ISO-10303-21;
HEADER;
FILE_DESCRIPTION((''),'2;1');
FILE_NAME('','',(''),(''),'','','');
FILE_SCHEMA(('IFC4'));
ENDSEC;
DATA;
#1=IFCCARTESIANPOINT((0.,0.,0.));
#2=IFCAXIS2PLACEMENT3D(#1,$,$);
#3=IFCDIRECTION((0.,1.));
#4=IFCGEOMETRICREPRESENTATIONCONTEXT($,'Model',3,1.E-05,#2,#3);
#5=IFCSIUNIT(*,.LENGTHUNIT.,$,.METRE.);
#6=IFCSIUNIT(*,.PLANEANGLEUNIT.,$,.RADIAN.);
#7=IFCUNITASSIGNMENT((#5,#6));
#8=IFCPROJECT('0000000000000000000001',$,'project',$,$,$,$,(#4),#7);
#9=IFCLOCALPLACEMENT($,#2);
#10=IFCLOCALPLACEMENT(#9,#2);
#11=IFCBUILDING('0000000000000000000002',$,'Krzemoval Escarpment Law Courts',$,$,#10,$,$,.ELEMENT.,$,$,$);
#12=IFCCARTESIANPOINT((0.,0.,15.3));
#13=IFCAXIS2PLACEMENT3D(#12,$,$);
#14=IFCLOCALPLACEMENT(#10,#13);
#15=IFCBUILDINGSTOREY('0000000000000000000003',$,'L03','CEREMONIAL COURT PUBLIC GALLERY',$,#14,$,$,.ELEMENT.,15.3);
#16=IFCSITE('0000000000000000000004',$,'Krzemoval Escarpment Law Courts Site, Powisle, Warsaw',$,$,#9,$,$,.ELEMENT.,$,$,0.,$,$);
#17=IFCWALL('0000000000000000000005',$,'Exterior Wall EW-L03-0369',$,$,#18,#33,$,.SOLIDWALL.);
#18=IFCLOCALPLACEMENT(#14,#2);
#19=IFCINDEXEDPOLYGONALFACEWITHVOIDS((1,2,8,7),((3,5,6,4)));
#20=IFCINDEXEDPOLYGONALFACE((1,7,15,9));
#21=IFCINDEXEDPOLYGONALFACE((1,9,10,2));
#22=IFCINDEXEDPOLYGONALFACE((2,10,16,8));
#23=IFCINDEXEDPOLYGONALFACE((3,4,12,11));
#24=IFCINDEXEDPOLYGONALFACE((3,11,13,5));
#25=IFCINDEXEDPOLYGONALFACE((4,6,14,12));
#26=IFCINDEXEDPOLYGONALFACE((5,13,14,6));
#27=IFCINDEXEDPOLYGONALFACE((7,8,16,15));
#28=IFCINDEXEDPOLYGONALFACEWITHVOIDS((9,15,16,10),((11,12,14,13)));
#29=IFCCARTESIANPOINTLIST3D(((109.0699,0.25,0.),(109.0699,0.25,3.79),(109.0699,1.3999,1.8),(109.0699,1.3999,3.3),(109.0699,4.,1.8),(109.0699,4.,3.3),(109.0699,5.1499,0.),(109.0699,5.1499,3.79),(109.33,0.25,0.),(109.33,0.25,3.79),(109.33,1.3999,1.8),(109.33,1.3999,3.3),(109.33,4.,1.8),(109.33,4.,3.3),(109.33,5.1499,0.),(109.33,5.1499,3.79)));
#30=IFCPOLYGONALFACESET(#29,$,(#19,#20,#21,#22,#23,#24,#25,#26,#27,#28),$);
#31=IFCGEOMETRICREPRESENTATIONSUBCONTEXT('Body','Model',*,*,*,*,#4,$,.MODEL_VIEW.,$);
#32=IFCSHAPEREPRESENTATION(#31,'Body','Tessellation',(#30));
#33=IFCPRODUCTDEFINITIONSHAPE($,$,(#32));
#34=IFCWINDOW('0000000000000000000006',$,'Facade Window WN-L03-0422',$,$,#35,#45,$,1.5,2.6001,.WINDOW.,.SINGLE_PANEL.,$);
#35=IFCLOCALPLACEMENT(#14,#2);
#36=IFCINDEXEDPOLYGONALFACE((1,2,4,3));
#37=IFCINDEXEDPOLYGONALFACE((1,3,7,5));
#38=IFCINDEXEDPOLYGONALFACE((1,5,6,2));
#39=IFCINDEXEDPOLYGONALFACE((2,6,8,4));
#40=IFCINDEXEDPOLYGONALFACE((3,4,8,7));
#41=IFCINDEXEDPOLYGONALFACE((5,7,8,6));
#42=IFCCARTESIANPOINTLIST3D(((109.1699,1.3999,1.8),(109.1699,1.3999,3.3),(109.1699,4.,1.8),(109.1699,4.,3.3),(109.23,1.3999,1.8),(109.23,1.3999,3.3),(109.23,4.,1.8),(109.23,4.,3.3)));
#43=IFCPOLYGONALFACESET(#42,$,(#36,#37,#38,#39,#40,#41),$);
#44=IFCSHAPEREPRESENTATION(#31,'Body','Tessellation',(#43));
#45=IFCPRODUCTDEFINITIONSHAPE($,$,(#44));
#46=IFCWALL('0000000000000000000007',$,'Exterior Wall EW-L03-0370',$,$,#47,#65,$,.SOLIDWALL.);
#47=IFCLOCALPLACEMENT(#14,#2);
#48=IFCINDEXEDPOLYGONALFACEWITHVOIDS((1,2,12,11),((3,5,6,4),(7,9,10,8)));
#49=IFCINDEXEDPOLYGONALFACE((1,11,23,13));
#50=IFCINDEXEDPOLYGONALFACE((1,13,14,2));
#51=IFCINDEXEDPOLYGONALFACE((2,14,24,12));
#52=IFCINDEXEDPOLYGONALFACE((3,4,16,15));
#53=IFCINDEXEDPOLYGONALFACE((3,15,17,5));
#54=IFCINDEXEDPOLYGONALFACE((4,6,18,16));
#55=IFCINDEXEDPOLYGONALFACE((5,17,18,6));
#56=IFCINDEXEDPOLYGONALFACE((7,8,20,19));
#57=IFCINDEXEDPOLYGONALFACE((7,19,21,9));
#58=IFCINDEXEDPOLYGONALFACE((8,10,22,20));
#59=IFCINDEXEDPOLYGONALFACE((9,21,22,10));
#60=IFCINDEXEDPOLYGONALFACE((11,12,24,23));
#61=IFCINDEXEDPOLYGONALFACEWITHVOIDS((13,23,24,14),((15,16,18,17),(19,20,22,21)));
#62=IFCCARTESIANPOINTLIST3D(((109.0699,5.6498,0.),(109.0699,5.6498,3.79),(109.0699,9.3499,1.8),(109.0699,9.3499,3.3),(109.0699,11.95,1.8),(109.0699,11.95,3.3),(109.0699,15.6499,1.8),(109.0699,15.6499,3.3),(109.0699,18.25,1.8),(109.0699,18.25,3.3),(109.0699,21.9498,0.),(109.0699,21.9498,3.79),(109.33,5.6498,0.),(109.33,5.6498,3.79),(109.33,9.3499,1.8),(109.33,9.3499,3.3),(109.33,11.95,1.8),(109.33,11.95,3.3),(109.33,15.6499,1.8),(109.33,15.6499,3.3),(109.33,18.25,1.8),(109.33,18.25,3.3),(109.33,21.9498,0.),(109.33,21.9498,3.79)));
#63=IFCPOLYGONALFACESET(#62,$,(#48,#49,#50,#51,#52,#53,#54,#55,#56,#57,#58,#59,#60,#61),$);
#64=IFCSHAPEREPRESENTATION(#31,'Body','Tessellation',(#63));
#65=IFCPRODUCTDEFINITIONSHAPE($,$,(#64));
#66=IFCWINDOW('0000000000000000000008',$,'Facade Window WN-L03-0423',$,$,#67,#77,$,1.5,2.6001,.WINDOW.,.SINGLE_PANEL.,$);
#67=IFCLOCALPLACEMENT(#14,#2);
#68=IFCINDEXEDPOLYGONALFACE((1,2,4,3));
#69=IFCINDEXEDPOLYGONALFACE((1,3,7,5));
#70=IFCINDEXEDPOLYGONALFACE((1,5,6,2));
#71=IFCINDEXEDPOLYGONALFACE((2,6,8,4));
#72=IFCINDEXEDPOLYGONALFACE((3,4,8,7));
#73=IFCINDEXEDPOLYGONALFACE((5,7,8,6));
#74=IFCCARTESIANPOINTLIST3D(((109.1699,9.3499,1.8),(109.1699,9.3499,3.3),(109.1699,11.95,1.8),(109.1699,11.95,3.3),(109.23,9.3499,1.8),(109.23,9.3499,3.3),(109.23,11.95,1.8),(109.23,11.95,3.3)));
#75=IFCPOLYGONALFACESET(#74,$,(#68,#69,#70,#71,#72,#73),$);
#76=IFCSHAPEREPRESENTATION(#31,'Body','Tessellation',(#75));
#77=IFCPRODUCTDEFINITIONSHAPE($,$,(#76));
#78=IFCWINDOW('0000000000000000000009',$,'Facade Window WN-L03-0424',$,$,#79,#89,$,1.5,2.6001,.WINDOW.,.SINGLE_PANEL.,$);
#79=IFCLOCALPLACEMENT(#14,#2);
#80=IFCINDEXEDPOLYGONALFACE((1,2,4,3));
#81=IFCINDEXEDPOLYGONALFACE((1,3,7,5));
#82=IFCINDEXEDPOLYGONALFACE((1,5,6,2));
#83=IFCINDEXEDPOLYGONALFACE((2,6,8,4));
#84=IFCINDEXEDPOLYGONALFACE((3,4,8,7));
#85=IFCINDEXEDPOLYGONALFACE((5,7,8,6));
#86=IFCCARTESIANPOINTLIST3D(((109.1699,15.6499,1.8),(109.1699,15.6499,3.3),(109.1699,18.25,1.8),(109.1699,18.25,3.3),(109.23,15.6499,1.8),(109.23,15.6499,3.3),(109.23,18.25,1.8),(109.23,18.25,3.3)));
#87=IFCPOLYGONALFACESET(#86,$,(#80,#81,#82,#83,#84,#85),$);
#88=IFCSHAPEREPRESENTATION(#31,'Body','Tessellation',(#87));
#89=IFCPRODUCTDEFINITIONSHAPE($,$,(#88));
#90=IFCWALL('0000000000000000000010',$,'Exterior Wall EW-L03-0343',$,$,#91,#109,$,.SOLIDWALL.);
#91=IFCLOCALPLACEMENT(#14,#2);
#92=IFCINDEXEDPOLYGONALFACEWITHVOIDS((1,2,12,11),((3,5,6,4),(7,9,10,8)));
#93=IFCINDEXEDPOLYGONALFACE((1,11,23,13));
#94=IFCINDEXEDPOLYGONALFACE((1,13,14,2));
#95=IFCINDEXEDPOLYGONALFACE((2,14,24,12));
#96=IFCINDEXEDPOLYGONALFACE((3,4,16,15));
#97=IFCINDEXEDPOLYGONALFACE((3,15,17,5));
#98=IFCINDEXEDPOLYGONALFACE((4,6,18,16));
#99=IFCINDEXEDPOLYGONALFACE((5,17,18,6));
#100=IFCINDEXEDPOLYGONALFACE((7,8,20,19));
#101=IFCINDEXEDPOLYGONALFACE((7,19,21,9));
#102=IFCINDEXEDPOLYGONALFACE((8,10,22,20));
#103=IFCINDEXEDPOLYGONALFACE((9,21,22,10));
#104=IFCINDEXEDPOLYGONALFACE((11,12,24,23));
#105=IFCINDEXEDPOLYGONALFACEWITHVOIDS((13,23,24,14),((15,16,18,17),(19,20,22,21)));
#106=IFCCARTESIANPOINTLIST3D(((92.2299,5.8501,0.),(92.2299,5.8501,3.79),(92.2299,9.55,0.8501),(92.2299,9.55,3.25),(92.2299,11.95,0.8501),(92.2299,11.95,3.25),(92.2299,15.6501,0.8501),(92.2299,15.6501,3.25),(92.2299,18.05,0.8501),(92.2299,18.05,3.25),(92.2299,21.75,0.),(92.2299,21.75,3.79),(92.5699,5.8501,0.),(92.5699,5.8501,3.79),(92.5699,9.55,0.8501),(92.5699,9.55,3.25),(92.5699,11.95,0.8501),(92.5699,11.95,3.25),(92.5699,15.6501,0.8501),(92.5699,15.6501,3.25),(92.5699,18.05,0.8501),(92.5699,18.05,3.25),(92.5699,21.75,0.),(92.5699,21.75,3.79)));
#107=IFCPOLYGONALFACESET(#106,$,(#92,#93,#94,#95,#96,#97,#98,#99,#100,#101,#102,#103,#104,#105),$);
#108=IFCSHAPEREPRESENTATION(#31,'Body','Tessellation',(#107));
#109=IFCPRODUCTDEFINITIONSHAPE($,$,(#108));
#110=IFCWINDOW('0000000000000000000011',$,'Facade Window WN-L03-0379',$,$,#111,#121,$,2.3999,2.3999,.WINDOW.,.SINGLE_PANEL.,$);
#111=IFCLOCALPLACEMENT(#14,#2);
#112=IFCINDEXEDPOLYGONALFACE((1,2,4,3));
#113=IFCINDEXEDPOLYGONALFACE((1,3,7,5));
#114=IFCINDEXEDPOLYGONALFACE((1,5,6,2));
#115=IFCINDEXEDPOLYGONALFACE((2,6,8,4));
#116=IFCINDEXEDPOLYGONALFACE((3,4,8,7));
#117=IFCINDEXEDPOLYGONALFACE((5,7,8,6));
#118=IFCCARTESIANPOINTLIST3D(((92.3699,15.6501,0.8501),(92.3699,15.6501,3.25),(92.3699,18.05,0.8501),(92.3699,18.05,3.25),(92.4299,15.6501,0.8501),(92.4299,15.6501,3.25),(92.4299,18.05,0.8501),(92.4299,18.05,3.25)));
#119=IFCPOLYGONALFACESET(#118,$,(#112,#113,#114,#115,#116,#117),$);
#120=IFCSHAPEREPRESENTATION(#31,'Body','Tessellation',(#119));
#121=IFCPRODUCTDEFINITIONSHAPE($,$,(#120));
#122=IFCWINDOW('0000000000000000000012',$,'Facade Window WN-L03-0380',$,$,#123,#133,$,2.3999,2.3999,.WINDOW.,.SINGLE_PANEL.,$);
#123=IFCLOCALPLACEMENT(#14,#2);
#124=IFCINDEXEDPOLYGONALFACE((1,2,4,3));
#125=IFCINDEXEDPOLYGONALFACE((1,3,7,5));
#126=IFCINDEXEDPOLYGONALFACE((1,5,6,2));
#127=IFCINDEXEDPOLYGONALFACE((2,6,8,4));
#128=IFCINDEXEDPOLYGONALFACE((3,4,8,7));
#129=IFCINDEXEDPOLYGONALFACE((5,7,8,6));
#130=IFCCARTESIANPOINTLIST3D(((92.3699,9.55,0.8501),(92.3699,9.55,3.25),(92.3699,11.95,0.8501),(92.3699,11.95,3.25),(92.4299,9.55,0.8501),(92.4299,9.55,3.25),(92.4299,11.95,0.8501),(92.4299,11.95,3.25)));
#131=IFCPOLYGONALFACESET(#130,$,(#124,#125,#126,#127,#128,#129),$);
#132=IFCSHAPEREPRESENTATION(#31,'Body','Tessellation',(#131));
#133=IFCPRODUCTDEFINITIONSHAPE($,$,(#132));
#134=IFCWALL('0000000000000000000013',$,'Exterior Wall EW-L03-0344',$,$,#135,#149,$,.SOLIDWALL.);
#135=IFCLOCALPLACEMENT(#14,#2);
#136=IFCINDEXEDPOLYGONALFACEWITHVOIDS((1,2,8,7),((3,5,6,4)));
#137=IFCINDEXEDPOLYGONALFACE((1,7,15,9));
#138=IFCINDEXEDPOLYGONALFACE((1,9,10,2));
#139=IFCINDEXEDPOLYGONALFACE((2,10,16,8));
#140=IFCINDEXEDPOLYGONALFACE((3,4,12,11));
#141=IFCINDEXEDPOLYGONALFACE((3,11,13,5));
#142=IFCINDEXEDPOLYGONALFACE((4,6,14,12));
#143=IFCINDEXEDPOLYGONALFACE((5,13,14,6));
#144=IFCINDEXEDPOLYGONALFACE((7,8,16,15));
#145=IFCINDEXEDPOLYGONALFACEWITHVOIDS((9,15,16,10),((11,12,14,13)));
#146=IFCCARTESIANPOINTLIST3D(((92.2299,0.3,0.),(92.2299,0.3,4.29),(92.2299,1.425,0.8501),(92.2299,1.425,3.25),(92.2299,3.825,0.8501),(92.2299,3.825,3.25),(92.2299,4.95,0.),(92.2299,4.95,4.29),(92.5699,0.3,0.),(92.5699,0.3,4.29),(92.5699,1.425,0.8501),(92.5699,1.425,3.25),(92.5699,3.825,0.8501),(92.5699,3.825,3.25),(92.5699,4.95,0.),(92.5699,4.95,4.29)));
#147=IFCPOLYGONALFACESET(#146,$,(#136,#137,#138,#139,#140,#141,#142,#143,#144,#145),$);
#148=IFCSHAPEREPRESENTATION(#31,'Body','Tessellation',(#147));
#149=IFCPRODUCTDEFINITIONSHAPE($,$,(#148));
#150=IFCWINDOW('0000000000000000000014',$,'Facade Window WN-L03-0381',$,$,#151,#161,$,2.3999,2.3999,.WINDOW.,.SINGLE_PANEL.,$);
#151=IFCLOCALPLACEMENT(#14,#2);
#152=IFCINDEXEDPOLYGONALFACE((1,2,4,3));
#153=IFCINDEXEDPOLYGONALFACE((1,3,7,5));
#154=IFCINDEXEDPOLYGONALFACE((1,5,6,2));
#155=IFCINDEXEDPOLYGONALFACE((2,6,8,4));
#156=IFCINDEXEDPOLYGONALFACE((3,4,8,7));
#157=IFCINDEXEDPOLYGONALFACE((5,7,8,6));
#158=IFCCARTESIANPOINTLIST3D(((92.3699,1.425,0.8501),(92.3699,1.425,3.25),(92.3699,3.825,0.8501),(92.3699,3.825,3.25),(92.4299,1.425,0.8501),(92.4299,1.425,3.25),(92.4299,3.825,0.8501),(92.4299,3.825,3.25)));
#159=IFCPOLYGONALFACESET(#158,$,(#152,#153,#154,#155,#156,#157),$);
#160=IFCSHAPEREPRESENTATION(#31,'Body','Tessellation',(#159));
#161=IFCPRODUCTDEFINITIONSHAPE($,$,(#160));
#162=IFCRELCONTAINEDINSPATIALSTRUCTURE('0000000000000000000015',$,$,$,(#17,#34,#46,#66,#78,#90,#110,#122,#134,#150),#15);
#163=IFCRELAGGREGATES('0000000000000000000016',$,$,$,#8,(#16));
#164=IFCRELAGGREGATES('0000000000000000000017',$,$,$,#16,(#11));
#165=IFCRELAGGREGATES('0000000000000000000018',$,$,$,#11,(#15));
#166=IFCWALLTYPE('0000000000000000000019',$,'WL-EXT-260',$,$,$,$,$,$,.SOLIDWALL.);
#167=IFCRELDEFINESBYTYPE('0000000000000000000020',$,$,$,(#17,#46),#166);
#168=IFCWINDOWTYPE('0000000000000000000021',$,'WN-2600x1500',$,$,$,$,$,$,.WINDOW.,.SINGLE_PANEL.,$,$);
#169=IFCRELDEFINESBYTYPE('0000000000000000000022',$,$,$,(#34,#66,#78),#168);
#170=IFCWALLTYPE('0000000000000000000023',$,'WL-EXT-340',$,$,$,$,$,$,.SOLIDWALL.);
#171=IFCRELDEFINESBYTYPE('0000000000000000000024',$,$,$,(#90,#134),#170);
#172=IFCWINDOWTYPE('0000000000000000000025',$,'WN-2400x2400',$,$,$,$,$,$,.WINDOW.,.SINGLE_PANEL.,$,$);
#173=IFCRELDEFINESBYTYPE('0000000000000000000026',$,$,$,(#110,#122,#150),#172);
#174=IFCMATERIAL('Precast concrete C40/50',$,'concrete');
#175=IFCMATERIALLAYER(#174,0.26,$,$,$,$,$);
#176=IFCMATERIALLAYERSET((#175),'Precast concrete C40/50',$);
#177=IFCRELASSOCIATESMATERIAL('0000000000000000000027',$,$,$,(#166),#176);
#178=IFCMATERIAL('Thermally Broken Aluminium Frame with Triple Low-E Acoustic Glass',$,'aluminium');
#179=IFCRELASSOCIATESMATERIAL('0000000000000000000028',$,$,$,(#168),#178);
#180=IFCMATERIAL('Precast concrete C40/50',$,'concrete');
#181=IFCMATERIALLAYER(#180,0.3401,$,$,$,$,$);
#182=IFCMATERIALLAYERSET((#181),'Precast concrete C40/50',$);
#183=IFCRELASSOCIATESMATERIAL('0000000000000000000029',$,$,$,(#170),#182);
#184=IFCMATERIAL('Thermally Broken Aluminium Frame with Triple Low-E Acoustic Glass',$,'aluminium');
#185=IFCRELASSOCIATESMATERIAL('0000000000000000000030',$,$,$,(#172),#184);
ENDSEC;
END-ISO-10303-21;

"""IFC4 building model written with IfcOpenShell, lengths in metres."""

from ifc_helpers import new_model, si_unit, direction, frame, frame_2d, origin, place, context, subcontext, project, spatial, rectangle, extrude, material, layer, layer_set, type_object, element, fill, save


model = new_model("IFC4")

# Units and contexts
model_context = context("Model", 3, precision=1e-05, world=origin(), true_north=direction((0.0, 1.0)))
body_context = subcontext(model_context, "Body", "Model", "MODEL_VIEW")
ifc_project = project(units=[si_unit("LENGTHUNIT", "METRE"), si_unit("PLANEANGLEUNIT", "RADIAN")], contexts=[model_context])

# Site, building, storey
site_placement = place(None, origin())
site = spatial("IfcSite", under=ifc_project, at=site_placement, Name="Krzemoval Escarpment Law Courts Site, Powisle, Warsaw", CompositionType="ELEMENT", RefElevation=0.0)
building_placement = place(site_placement, origin())
building = spatial("IfcBuilding", under=site, at=building_placement, Name="Krzemoval Escarpment Law Courts", CompositionType="ELEMENT")
storey_placement = place(building_placement, frame((0.0, 0.0, 15.3)))
storey = spatial("IfcBuildingStorey", under=building, at=storey_placement, Name="L03", Description="CEREMONIAL COURT PUBLIC GALLERY", CompositionType="ELEMENT", Elevation=15.3)

# Wall, opening, window
ifc_material_1 = material(Name="Precast concrete C40/50", Category="concrete")
ifc_layer_1 = layer(ifc_material_1, 0.26)
ifc_layer_set_1 = layer_set([ifc_layer_1], Name="Precast concrete C40/50")
wall_type_1 = type_object("IfcWallType", Name="WL-EXT-260", PredefinedType="SOLIDWALL", material=ifc_layer_set_1)
wall_1_placement = place(storey_placement, frame((109.2, 0.25, 0.0), z_axis=(0.0, 0.0, 1.0), x_axis=(0.0, 1.0, 0.0)))
wall_1 = element("IfcWall", 1, at=wall_1_placement, inside=storey, type_object=wall_type_1, Name="Exterior Wall EW-L03-0369", PredefinedType="SOLIDWALL", context=body_context, shape_type="SweptSolid", body=[
    extrude(rectangle(XDim=4.8999, YDim=0.26, at=frame_2d((2.45, 0.0))), origin(), (0.0, 0.0, 1.0), 3.79),
])
opening_1_placement = place(wall_1_placement, frame((1.1499, 0.0, 1.8)))
opening_1 = element("IfcOpeningElement", 2, at=opening_1_placement, cuts=wall_1, PredefinedType="OPENING", context=body_context, shape_type="SweptSolid", body=[
    extrude(rectangle(XDim=2.6001, YDim=1.5, at=frame_2d((1.3, 0.75))), frame((0.0, 0.145, 0.0), z_axis=(0.0, -1.0, 0.0), x_axis=(1.0, 0.0, 0.0)), (0.0, 0.0, 1.0), 0.29),
])
ifc_material_2 = material(Name="Thermally Broken Aluminium Frame with Triple Low-E Acoustic Glass", Category="aluminium")
window_type_1 = type_object("IfcWindowType", Name="WN-2600x1500", PartitioningType="SINGLE_PANEL", PredefinedType="WINDOW", material=ifc_material_2)
window_1_placement = place(opening_1_placement, origin())
window_1 = element("IfcWindow", 3, at=window_1_placement, inside=storey, type_object=window_type_1, Name="Facade Window WN-L03-0422", OverallHeight=1.5, OverallWidth=2.6001, PartitioningType="SINGLE_PANEL", PredefinedType="WINDOW", context=body_context, shape_type="SweptSolid", body=[
    extrude(rectangle(XDim=2.6001, YDim=1.5, at=frame_2d((1.3, 0.75))), frame((0.0, 0.03, 0.0), z_axis=(0.0, -1.0, 0.0), x_axis=(1.0, 0.0, 0.0)), (0.0, 0.0, 1.0), 0.0601),
])
fill(opening_1, window_1)

# Walls, openings, windows
wall_2_placement = place(storey_placement, frame((109.2, 5.6499, 0.0), z_axis=(0.0, 0.0, 1.0), x_axis=(0.0, 1.0, 0.0)))
wall_2 = element("IfcWall", 4, at=wall_2_placement, inside=storey, type_object=wall_type_1, Name="Exterior Wall EW-L03-0370", PredefinedType="SOLIDWALL", context=body_context, shape_type="SweptSolid", body=[
    extrude(rectangle(XDim=16.3, YDim=0.26, at=frame_2d((8.1499, 0.0))), origin(), (0.0, 0.0, 1.0), 3.79),
])
opening_2_placement = place(wall_2_placement, frame((3.7, 0.0, 1.8)))
opening_2 = element("IfcOpeningElement", 5, at=opening_2_placement, cuts=wall_2, PredefinedType="OPENING", context=body_context, shape_type="SweptSolid", body=[
    extrude(rectangle(XDim=2.6001, YDim=1.5, at=frame_2d((1.3, 0.75))), frame((0.0, 0.145, 0.0), z_axis=(0.0, -1.0, 0.0), x_axis=(1.0, 0.0, 0.0)), (0.0, 0.0, 1.0), 0.29),
])
opening_3_placement = place(wall_2_placement, frame((10.0, 0.0, 1.8)))
opening_3 = element("IfcOpeningElement", 6, at=opening_3_placement, cuts=wall_2, PredefinedType="OPENING", context=body_context, shape_type="SweptSolid", body=[
    extrude(rectangle(XDim=2.6001, YDim=1.5, at=frame_2d((1.3, 0.75))), frame((0.0, 0.145, 0.0), z_axis=(0.0, -1.0, 0.0), x_axis=(1.0, 0.0, 0.0)), (0.0, 0.0, 1.0), 0.29),
])
window_2_placement = place(opening_2_placement, origin())
window_2 = element("IfcWindow", 7, at=window_2_placement, inside=storey, type_object=window_type_1, Name="Facade Window WN-L03-0423", OverallHeight=1.5, OverallWidth=2.6001, PartitioningType="SINGLE_PANEL", PredefinedType="WINDOW", context=body_context, shape_type="SweptSolid", body=[
    extrude(rectangle(XDim=2.6001, YDim=1.5, at=frame_2d((1.3, 0.75))), frame((0.0, 0.03, 0.0), z_axis=(0.0, -1.0, 0.0), x_axis=(1.0, 0.0, 0.0)), (0.0, 0.0, 1.0), 0.0601),
])
fill(opening_2, window_2)
window_3_placement = place(opening_3_placement, origin())
window_3 = element("IfcWindow", 8, at=window_3_placement, inside=storey, type_object=window_type_1, Name="Facade Window WN-L03-0424", OverallHeight=1.5, OverallWidth=2.6001, PartitioningType="SINGLE_PANEL", PredefinedType="WINDOW", context=body_context, shape_type="SweptSolid", body=[
    extrude(rectangle(XDim=2.6001, YDim=1.5, at=frame_2d((1.3, 0.75))), frame((0.0, 0.03, 0.0), z_axis=(0.0, -1.0, 0.0), x_axis=(1.0, 0.0, 0.0)), (0.0, 0.0, 1.0), 0.0601),
])
fill(opening_3, window_3)
ifc_material_3 = material(Name="Precast concrete C40/50", Category="concrete")
ifc_layer_2 = layer(ifc_material_3, 0.3401)
ifc_layer_set_2 = layer_set([ifc_layer_2], Name="Precast concrete C40/50")
wall_type_2 = type_object("IfcWallType", Name="WL-EXT-340", PredefinedType="SOLIDWALL", material=ifc_layer_set_2)
wall_3_placement = place(storey_placement, frame((92.3999, 21.75, 0.0), z_axis=(0.0, 0.0, 1.0), x_axis=(0.0, -1.0, 0.0)))
wall_3 = element("IfcWall", 9, at=wall_3_placement, inside=storey, type_object=wall_type_2, Name="Exterior Wall EW-L03-0343", PredefinedType="SOLIDWALL", context=body_context, shape_type="SweptSolid", body=[
    extrude(rectangle(XDim=15.8999, YDim=0.3401, at=frame_2d((7.95, 0.0))), origin(), (0.0, 0.0, 1.0), 3.79),
])
opening_4_placement = place(wall_3_placement, frame((3.7, 0.0, 0.8501)))
opening_4 = element("IfcOpeningElement", 10, at=opening_4_placement, cuts=wall_3, PredefinedType="OPENING", context=body_context, shape_type="SweptSolid", body=[
    extrude(rectangle(XDim=2.3999, YDim=2.3999, at=frame_2d((1.2, 1.2))), frame((0.0, 0.185, 0.0), z_axis=(0.0, -1.0, 0.0), x_axis=(1.0, 0.0, 0.0)), (0.0, 0.0, 1.0), 0.3701),
])
opening_5_placement = place(wall_3_placement, frame((9.8, 0.0, 0.8501)))
opening_5 = element("IfcOpeningElement", 11, at=opening_5_placement, cuts=wall_3, PredefinedType="OPENING", context=body_context, shape_type="SweptSolid", body=[
    extrude(rectangle(XDim=2.3999, YDim=2.3999, at=frame_2d((1.2, 1.2))), frame((0.0, 0.185, 0.0), z_axis=(0.0, -1.0, 0.0), x_axis=(1.0, 0.0, 0.0)), (0.0, 0.0, 1.0), 0.3701),
])
ifc_material_4 = material(Name="Thermally Broken Aluminium Frame with Triple Low-E Acoustic Glass", Category="aluminium")
window_type_2 = type_object("IfcWindowType", Name="WN-2400x2400", PartitioningType="SINGLE_PANEL", PredefinedType="WINDOW", material=ifc_material_4)
window_4_placement = place(opening_4_placement, origin())
window_4 = element("IfcWindow", 12, at=window_4_placement, inside=storey, type_object=window_type_2, Name="Facade Window WN-L03-0379", OverallHeight=2.3999, OverallWidth=2.3999, PartitioningType="SINGLE_PANEL", PredefinedType="WINDOW", context=body_context, shape_type="SweptSolid", body=[
    extrude(rectangle(XDim=2.3999, YDim=2.3999, at=frame_2d((1.2, 1.2))), frame((0.0, 0.03, 0.0), z_axis=(0.0, -1.0, 0.0), x_axis=(1.0, 0.0, 0.0)), (0.0, 0.0, 1.0), 0.0601),
])
fill(opening_4, window_4)
window_5_placement = place(opening_5_placement, origin())
window_5 = element("IfcWindow", 13, at=window_5_placement, inside=storey, type_object=window_type_2, Name="Facade Window WN-L03-0380", OverallHeight=2.3999, OverallWidth=2.3999, PartitioningType="SINGLE_PANEL", PredefinedType="WINDOW", context=body_context, shape_type="SweptSolid", body=[
    extrude(rectangle(XDim=2.3999, YDim=2.3999, at=frame_2d((1.2, 1.2))), frame((0.0, 0.03, 0.0), z_axis=(0.0, -1.0, 0.0), x_axis=(1.0, 0.0, 0.0)), (0.0, 0.0, 1.0), 0.0601),
])
fill(opening_5, window_5)

# Wall, opening, window
wall_4_placement = place(storey_placement, frame((92.3999, 4.95, 0.0), z_axis=(0.0, 0.0, 1.0), x_axis=(0.0, -1.0, 0.0)))
wall_4 = element("IfcWall", 14, at=wall_4_placement, inside=storey, type_object=wall_type_2, Name="Exterior Wall EW-L03-0344", PredefinedType="SOLIDWALL", context=body_context, shape_type="SweptSolid", body=[
    extrude(rectangle(XDim=4.6499, YDim=0.3401, at=frame_2d((2.325, 0.0))), origin(), (0.0, 0.0, 1.0), 4.29),
])
opening_6_placement = place(wall_4_placement, frame((1.125, 0.0, 0.8501)))
opening_6 = element("IfcOpeningElement", 15, at=opening_6_placement, cuts=wall_4, PredefinedType="OPENING", context=body_context, shape_type="SweptSolid", body=[
    extrude(rectangle(XDim=2.3999, YDim=2.3999, at=frame_2d((1.2, 1.2))), frame((0.0, 0.185, 0.0), z_axis=(0.0, -1.0, 0.0), x_axis=(1.0, 0.0, 0.0)), (0.0, 0.0, 1.0), 0.3701),
])
window_6_placement = place(opening_6_placement, origin())
window_6 = element("IfcWindow", 16, at=window_6_placement, inside=storey, type_object=window_type_2, Name="Facade Window WN-L03-0381", OverallHeight=2.3999, OverallWidth=2.3999, PartitioningType="SINGLE_PANEL", PredefinedType="WINDOW", context=body_context, shape_type="SweptSolid", body=[
    extrude(rectangle(XDim=2.3999, YDim=2.3999, at=frame_2d((1.2, 1.2))), frame((0.0, 0.03, 0.0), z_axis=(0.0, -1.0, 0.0), x_axis=(1.0, 0.0, 0.0)), (0.0, 0.0, 1.0), 0.0601),
])
fill(opening_6, window_6)

save(model, "model.ifc")
